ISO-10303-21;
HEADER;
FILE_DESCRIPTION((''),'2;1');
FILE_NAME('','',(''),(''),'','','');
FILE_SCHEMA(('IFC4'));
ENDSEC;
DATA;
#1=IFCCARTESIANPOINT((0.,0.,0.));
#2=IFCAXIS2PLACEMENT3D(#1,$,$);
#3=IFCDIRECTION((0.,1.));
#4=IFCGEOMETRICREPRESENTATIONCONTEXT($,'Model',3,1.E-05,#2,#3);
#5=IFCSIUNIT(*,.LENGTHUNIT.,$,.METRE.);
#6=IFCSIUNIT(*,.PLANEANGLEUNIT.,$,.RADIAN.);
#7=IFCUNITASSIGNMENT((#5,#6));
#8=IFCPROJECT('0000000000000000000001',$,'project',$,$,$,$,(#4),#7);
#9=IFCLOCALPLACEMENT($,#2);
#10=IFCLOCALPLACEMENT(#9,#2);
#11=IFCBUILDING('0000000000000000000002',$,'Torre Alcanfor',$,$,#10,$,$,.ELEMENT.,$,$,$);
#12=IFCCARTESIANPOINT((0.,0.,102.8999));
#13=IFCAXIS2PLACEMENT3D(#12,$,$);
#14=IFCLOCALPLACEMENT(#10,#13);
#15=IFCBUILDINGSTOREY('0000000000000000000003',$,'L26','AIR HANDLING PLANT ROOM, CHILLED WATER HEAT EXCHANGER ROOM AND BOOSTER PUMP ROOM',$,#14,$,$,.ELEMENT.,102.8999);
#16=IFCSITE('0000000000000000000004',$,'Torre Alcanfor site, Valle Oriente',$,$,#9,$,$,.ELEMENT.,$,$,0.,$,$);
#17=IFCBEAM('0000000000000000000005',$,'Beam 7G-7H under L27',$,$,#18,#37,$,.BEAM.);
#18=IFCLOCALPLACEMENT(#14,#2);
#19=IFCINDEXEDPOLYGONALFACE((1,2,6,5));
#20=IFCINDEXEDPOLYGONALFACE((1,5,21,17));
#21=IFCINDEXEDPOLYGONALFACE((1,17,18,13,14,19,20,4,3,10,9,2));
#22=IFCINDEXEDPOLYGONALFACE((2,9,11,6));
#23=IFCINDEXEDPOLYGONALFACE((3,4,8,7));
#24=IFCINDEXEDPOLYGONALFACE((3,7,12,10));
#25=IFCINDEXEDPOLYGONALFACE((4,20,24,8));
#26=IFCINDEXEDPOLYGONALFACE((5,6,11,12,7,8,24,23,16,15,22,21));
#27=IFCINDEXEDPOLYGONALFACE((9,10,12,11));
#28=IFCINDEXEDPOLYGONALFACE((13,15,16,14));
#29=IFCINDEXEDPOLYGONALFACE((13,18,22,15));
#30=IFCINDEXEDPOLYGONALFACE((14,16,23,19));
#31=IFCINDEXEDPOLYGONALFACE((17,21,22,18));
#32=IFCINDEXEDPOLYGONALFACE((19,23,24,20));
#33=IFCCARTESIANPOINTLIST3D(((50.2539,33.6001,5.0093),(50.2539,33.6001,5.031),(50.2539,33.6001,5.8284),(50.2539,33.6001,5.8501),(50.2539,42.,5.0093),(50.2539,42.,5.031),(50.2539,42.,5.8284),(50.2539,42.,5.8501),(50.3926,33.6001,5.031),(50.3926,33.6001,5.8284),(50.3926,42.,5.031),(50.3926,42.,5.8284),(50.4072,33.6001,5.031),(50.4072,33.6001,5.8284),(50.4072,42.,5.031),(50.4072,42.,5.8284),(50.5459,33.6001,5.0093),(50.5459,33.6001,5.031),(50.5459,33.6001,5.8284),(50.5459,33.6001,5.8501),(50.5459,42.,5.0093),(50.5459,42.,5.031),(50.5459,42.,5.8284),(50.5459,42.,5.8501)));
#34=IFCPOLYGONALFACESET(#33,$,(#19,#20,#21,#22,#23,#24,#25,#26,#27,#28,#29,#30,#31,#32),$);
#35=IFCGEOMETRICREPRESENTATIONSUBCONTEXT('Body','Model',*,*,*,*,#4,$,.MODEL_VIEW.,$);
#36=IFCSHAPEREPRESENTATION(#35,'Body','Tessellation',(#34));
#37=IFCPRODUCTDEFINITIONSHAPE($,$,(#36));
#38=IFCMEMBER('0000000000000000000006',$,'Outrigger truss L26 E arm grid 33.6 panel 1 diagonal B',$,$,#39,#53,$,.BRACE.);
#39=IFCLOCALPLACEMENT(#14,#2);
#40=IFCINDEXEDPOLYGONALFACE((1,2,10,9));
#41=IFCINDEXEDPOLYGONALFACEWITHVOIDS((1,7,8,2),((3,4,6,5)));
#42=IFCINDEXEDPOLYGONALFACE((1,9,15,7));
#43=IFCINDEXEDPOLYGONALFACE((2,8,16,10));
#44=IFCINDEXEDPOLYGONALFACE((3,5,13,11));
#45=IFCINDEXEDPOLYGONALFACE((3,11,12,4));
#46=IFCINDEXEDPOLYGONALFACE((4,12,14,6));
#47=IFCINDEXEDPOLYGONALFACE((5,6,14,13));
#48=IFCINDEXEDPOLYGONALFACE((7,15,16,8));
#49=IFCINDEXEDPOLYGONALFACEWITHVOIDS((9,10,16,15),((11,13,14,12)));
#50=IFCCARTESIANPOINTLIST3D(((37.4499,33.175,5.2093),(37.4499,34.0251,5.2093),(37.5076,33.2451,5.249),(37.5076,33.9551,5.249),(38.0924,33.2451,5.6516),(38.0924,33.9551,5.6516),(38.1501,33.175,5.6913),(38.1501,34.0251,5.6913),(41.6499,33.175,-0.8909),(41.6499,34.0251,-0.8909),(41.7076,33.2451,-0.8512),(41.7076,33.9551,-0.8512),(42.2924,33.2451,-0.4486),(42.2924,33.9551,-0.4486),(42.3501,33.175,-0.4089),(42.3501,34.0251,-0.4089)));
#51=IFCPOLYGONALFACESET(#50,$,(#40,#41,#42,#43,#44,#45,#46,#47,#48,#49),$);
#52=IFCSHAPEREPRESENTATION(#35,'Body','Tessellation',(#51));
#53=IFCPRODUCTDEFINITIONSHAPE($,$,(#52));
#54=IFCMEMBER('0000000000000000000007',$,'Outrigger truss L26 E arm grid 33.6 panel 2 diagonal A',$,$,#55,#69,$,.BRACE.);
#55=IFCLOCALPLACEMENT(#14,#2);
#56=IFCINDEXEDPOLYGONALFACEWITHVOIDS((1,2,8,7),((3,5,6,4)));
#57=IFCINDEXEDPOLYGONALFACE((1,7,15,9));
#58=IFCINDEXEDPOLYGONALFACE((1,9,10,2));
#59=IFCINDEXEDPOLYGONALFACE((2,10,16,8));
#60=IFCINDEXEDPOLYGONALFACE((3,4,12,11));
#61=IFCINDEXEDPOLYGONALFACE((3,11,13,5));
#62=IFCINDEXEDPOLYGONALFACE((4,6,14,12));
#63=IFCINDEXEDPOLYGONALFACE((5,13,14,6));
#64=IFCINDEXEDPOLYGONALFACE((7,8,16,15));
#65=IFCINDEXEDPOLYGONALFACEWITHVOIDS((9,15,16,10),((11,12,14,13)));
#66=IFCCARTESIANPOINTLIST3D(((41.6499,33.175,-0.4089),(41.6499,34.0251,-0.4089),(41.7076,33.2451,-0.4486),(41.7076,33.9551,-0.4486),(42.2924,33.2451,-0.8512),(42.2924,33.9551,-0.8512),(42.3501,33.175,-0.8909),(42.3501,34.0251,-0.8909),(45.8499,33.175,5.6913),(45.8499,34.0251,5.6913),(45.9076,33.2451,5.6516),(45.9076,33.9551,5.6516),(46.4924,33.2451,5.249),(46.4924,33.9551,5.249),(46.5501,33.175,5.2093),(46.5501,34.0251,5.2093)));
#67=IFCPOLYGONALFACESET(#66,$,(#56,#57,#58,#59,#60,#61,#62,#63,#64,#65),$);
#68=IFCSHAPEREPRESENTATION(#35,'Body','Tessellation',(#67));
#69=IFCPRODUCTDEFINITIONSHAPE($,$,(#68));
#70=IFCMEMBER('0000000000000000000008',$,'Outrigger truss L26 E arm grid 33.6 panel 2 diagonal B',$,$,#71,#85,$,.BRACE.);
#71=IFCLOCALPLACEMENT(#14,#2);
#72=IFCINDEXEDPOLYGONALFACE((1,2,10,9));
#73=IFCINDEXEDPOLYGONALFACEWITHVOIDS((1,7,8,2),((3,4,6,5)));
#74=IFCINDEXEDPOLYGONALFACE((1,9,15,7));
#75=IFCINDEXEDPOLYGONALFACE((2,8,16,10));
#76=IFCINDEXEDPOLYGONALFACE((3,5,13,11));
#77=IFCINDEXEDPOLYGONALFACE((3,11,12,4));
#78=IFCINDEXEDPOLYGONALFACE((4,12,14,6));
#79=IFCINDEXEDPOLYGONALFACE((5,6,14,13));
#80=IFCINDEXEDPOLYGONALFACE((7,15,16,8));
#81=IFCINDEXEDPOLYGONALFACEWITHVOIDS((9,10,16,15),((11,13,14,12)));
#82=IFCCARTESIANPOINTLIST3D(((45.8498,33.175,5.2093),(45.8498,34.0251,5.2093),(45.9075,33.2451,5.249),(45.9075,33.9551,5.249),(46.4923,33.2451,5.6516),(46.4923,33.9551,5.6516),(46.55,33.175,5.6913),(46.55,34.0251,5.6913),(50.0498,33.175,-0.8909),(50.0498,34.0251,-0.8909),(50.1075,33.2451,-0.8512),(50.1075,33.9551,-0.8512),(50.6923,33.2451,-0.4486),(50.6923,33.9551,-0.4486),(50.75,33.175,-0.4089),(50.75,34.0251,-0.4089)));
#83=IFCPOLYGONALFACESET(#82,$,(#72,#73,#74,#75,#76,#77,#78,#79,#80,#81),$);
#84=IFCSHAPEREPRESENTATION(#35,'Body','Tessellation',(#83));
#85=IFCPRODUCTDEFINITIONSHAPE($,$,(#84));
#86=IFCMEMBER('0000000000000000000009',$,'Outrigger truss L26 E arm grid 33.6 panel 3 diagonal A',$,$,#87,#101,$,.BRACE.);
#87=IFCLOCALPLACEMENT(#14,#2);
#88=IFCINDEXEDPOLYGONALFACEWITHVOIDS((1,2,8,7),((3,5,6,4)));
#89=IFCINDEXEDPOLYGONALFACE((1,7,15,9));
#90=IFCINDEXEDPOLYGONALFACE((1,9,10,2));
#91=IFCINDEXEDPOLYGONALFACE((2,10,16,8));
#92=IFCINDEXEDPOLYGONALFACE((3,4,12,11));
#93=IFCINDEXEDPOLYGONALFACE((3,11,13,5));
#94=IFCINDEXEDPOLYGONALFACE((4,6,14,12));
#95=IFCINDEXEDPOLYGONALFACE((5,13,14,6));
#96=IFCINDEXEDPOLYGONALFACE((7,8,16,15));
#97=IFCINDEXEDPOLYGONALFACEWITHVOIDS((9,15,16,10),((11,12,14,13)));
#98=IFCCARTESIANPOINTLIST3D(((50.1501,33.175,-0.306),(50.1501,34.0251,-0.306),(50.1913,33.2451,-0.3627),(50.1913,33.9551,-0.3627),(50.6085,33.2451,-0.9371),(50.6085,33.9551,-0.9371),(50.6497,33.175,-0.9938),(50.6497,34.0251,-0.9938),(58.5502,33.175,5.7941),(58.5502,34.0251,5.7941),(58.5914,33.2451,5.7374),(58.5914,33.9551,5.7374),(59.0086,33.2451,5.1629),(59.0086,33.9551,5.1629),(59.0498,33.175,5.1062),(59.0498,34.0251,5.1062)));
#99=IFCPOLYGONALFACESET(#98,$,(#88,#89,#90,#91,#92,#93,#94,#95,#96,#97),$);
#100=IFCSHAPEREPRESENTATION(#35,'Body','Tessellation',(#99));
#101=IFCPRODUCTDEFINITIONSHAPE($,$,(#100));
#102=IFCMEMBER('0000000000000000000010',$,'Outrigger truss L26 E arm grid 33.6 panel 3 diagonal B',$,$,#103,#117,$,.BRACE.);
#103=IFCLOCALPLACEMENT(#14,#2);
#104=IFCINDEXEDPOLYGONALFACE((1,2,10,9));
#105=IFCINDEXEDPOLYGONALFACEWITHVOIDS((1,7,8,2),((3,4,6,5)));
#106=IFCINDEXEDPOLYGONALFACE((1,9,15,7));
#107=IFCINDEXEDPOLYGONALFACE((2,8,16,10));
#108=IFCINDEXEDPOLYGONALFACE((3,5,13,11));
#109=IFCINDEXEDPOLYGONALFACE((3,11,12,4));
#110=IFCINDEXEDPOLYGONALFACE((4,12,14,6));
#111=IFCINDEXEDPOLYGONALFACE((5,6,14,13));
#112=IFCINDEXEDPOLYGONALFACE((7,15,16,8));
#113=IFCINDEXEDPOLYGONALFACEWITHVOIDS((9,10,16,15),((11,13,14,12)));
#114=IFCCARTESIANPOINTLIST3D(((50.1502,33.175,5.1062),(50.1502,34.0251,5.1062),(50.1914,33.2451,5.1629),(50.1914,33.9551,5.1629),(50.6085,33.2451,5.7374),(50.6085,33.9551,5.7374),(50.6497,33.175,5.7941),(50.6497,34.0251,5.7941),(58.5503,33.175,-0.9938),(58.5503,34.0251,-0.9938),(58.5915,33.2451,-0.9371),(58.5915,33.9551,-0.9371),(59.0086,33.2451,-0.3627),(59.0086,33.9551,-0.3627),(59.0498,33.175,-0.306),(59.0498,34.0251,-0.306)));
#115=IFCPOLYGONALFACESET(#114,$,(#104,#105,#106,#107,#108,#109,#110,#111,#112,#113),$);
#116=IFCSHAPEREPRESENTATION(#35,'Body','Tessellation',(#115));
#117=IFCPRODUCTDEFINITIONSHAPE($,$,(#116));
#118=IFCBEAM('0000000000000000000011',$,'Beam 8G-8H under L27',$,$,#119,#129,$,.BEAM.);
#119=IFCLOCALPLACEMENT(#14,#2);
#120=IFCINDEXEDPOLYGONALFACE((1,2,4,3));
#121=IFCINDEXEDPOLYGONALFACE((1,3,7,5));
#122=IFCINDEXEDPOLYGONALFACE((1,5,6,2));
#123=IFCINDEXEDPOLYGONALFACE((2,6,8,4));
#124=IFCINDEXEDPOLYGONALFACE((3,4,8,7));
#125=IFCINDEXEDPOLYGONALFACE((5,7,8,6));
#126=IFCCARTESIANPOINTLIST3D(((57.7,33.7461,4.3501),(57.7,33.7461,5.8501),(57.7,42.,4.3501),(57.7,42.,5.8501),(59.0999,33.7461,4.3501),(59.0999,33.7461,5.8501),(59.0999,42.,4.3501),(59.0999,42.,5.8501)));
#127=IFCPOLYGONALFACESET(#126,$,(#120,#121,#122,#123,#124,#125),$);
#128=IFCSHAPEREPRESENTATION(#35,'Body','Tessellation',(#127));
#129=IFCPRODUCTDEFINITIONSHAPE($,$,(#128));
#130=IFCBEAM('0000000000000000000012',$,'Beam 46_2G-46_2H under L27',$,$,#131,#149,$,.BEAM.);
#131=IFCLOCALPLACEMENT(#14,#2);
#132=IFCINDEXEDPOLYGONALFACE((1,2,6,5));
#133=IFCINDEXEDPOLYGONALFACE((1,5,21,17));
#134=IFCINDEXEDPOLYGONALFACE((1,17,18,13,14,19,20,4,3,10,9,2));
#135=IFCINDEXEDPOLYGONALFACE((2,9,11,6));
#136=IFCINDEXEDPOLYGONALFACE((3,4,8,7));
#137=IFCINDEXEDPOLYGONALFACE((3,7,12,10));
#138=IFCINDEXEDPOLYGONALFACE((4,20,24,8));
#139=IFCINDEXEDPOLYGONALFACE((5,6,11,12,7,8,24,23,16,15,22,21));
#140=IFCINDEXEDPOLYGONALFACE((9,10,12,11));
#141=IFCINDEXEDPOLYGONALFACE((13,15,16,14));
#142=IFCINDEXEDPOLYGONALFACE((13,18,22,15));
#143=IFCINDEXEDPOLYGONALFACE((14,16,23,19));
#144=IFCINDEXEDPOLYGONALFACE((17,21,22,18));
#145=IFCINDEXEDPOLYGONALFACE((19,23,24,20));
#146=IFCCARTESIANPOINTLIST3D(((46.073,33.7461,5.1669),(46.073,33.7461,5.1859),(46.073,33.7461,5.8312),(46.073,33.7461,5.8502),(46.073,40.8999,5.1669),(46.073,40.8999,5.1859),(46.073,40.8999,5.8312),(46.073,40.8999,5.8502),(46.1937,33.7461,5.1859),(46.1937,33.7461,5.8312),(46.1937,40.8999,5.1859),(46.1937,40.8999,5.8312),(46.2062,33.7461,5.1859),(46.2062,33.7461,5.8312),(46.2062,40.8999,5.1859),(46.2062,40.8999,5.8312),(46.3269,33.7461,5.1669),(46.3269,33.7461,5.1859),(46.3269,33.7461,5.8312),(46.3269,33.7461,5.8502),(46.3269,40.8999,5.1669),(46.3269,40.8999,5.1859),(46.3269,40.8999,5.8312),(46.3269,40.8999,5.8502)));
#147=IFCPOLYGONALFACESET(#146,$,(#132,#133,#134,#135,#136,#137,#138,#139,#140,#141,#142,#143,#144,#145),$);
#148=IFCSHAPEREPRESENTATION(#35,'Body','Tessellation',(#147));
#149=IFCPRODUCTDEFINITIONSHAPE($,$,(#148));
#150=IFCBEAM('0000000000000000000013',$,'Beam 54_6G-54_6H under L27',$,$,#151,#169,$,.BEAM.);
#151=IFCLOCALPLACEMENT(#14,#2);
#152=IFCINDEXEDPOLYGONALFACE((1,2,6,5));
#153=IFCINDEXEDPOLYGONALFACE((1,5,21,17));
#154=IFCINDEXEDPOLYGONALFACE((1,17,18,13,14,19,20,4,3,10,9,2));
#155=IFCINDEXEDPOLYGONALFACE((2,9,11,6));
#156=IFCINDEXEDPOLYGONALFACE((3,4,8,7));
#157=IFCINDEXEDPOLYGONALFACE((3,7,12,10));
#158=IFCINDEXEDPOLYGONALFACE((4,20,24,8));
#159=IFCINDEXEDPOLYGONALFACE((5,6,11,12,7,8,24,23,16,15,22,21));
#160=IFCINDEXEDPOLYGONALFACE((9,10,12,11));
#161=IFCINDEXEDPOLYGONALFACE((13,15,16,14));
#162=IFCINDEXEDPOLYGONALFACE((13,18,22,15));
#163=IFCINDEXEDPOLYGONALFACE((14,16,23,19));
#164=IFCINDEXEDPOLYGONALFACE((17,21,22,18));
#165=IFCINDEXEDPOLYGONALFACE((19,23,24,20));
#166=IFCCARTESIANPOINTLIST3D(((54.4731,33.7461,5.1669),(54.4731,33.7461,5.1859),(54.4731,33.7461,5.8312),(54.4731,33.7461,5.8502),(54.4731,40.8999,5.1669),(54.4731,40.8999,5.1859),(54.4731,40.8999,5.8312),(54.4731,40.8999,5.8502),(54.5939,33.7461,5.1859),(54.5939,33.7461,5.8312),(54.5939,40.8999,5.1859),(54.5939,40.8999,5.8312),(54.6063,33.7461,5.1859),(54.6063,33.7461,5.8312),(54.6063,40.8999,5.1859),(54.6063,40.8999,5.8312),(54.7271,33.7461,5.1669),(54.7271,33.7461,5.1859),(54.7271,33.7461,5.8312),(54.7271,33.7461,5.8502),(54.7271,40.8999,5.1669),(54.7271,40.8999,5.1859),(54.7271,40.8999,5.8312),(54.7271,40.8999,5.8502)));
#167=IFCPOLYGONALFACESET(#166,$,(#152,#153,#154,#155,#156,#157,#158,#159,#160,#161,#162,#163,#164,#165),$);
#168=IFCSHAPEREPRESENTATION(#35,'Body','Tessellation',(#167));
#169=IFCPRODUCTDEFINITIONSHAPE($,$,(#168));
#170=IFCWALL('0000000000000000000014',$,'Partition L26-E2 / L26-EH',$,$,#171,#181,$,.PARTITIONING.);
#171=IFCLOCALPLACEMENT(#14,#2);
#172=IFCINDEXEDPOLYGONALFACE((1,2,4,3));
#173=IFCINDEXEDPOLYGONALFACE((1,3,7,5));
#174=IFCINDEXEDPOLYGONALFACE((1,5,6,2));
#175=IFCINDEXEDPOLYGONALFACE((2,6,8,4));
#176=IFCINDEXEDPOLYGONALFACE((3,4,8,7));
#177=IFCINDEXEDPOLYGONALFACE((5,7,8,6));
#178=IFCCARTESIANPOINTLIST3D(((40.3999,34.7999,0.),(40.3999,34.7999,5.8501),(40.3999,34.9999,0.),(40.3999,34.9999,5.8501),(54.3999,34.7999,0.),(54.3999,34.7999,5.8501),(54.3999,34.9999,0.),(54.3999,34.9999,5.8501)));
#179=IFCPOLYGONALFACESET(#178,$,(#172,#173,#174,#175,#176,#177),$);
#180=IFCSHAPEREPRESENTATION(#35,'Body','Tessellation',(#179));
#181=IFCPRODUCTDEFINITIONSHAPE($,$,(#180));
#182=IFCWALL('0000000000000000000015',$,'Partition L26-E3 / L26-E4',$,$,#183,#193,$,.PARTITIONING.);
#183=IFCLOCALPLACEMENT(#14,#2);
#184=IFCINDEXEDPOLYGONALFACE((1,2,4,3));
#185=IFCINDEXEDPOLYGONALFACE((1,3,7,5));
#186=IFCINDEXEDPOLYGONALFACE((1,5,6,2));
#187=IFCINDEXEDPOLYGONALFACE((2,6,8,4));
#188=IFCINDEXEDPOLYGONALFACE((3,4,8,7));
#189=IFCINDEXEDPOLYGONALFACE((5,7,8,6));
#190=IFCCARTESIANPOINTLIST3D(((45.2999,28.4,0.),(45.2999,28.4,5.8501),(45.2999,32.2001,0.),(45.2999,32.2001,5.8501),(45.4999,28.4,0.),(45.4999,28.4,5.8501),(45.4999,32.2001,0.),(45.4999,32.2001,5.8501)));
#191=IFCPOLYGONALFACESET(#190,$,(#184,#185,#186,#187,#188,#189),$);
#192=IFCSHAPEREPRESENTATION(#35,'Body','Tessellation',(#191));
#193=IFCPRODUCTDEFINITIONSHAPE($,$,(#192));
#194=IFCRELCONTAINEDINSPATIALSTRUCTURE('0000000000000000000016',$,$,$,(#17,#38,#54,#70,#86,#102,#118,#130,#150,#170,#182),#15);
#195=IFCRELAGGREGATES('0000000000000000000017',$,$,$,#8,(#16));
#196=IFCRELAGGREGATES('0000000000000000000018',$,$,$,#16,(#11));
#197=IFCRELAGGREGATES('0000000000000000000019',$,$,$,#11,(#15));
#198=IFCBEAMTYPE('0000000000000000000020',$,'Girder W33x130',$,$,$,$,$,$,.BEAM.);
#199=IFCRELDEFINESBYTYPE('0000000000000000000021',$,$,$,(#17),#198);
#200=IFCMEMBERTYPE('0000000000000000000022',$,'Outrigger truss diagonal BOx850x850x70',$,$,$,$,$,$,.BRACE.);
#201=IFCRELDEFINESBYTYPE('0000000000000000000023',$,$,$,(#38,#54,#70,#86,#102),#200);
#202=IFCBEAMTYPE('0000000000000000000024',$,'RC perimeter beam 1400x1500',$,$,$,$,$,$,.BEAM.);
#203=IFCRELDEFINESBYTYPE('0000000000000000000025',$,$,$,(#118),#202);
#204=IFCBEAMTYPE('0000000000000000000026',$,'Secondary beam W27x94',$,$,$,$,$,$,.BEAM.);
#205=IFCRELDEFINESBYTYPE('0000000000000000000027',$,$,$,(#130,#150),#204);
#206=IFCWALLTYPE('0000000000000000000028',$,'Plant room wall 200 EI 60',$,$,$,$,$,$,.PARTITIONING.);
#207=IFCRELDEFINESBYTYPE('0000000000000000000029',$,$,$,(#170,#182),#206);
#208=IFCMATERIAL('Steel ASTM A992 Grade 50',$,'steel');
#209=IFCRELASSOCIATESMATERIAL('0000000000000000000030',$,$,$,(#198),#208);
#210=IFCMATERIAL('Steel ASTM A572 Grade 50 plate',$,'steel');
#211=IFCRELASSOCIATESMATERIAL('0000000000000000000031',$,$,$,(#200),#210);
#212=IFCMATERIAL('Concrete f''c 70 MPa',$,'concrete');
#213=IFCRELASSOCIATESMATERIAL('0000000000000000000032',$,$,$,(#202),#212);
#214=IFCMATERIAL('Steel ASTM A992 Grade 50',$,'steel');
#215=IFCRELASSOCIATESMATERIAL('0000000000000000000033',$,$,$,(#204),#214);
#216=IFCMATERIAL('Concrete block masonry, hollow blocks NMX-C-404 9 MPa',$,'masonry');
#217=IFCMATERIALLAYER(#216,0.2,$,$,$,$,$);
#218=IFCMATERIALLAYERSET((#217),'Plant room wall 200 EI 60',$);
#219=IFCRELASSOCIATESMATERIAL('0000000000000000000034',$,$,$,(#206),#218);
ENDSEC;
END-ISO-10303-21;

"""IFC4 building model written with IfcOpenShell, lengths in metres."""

from ifc_helpers import new_model, si_unit, direction, frame, frame_2d, origin, origin_2d, place, context, subcontext, project, spatial, rectangle, hollow_rectangle, i_section, extrude, material, layer, layer_set, material_profile, profile_set, type_object, element, save


model = new_model("IFC4")

# Units and contexts
model_context = context("Model", 3, precision=1e-05, world=origin(), true_north=direction((0.0, 1.0)))
body_context = subcontext(model_context, "Body", "Model", "MODEL_VIEW")
ifc_project = project(units=[si_unit("LENGTHUNIT", "METRE"), si_unit("PLANEANGLEUNIT", "RADIAN")], contexts=[model_context])

# Site, building, storey
site_placement = place(None, origin())
site = spatial("IfcSite", under=ifc_project, at=site_placement, Name="Torre Alcanfor site, Valle Oriente", CompositionType="ELEMENT", RefElevation=0.0)
building_placement = place(site_placement, origin())
building = spatial("IfcBuilding", under=site, at=building_placement, Name="Torre Alcanfor", CompositionType="ELEMENT")
storey_placement = place(building_placement, frame((0.0, 0.0, 102.8999)))
storey = spatial("IfcBuildingStorey", under=building, at=storey_placement, Name="L26", Description="AIR HANDLING PLANT ROOM, CHILLED WATER HEAT EXCHANGER ROOM AND BOOSTER PUMP ROOM", CompositionType="ELEMENT", Elevation=102.8999)

# Beam
ifc_material_1 = material(Name="Steel ASTM A992 Grade 50", Category="steel")
ifc_material_profile_1 = material_profile(ifc_material_1, i_section(OverallWidth=0.292, OverallDepth=0.8408, WebThickness=0.0146, FlangeThickness=0.0217, at=origin_2d()), Name="W33x130")
ifc_profile_set_1 = profile_set([ifc_material_profile_1], Name="Steel ASTM A992 Grade 50")
beam_type_1 = type_object("IfcBeamType", Name="Girder W33x130", PredefinedType="BEAM", material=ifc_profile_set_1)
beam_1_placement = place(storey_placement, frame((50.3999, 33.6001, 5.4297), z_axis=(0.0, 1.0, 0.0), x_axis=(-1.0, 0.0, 0.0)))
element("IfcBeam", 1, at=beam_1_placement, inside=storey, type_object=beam_type_1, Name="Beam 7G-7H under L27", PredefinedType="BEAM", context=body_context, shape_type="SweptSolid", body=[
    extrude(i_section(OverallWidth=0.292, OverallDepth=0.8408, WebThickness=0.0146, FlangeThickness=0.0217, at=origin_2d()), origin(), (0.0, 0.0, 1.0), 8.3999),
])

# Members
ifc_material_2 = material(Name="Steel ASTM A572 Grade 50 plate", Category="steel")
ifc_material_profile_2 = material_profile(ifc_material_2, hollow_rectangle(XDim=0.8501, YDim=0.8501, WallThickness=0.0701, at=origin_2d()), Name="BOX 850x850x70")
ifc_profile_set_2 = profile_set([ifc_material_profile_2], Name="Steel ASTM A572 Grade 50 plate")
member_type_1 = type_object("IfcMemberType", Name="Outrigger truss diagonal BOx850x850x70", PredefinedType="BRACE", material=ifc_profile_set_2)
for number, where, z_axis, x_axis, name in (
    (2, (42.0, 33.6001, -0.6499), (-0.567091, 0.0, 0.823655), (0.0, -1.0, 0.0), "Outrigger truss L26 E arm grid 33.6 panel 1 diagonal B"),
    (3, (42.0, 33.6001, -0.6499), (0.567091, 0.0, 0.823655), (0.0, 1.0, 0.0), "Outrigger truss L26 E arm grid 33.6 panel 2 diagonal A"),
    (4, (50.3999, 33.6001, -0.6499), (-0.567091, 0.0, 0.823655), (0.0, -1.0, 0.0), "Outrigger truss L26 E arm grid 33.6 panel 2 diagonal B"),
):
    element("IfcMember", number, at=place(storey_placement, frame(where, z_axis=z_axis, x_axis=x_axis)), inside=storey, type_object=member_type_1, Name=name, PredefinedType="BRACE", context=body_context, shape_type="SweptSolid", body=[
        extrude(hollow_rectangle(XDim=0.8501, YDim=0.8501, WallThickness=0.0701, at=origin_2d()), origin(), (0.0, 0.0, 1.0), 7.4062),
    ])
for number, where, z_axis, x_axis, name in (
    (5, (50.3999, 33.6001, -0.6499), (0.809153, 0.0, 0.587598), (0.0, 1.0, 0.0), "Outrigger truss L26 E arm grid 33.6 panel 3 diagonal A"),
    (6, (58.8, 33.6001, -0.6499), (-0.809153, 0.0, 0.587598), (0.0, -1.0, 0.0), "Outrigger truss L26 E arm grid 33.6 panel 3 diagonal B"),
):
    element("IfcMember", number, at=place(storey_placement, frame(where, z_axis=z_axis, x_axis=x_axis)), inside=storey, type_object=member_type_1, Name=name, PredefinedType="BRACE", context=body_context, shape_type="SweptSolid", body=[
        extrude(hollow_rectangle(XDim=0.8501, YDim=0.8501, WallThickness=0.0701, at=origin_2d()), origin(), (0.0, 0.0, 1.0), 10.3813),
    ])

# Beams
ifc_material_3 = material(Name="Concrete f'c 70 MPa", Category="concrete")
ifc_material_profile_3 = material_profile(ifc_material_3, rectangle(XDim=1.3999, YDim=1.5, at=origin_2d()), Name="1400x1500")
ifc_profile_set_3 = profile_set([ifc_material_profile_3], Name="Concrete f'c 70 MPa")
beam_type_2 = type_object("IfcBeamType", Name="RC perimeter beam 1400x1500", PredefinedType="BEAM", material=ifc_profile_set_3)
beam_2_placement = place(storey_placement, frame((58.3999, 33.7461, 5.1001), z_axis=(0.0, 1.0, 0.0), x_axis=(-1.0, 0.0, 0.0)))
element("IfcBeam", 7, at=beam_2_placement, inside=storey, type_object=beam_type_2, Name="Beam 8G-8H under L27", PredefinedType="BEAM", context=body_context, shape_type="SweptSolid", body=[
    extrude(rectangle(XDim=1.3999, YDim=1.5, at=origin_2d()), origin(), (0.0, 0.0, 1.0), 8.2539),
])
ifc_material_4 = material(Name="Steel ASTM A992 Grade 50", Category="steel")
ifc_material_profile_4 = material_profile(ifc_material_4, i_section(OverallWidth=0.2539, OverallDepth=0.6833, WebThickness=0.0125, FlangeThickness=0.019, at=origin_2d()), Name="W27x94")
ifc_profile_set_4 = profile_set([ifc_material_profile_4], Name="Steel ASTM A992 Grade 50")
beam_type_3 = type_object("IfcBeamType", Name="Secondary beam W27x94", PredefinedType="BEAM", material=ifc_profile_set_4)
for number, where, z_axis, x_axis, name in (
    (8, (46.2, 33.7461, 5.5085), (0.0, 1.0, 0.0), (-1.0, 0.0, 0.0), "Beam 46_2G-46_2H under L27"),
    (9, (54.6001, 33.7461, 5.5085), (0.0, 1.0, 0.0), (-1.0, 0.0, 0.0), "Beam 54_6G-54_6H under L27"),
):
    element("IfcBeam", number, at=place(storey_placement, frame(where, z_axis=z_axis, x_axis=x_axis)), inside=storey, type_object=beam_type_3, Name=name, PredefinedType="BEAM", context=body_context, shape_type="SweptSolid", body=[
        extrude(i_section(OverallWidth=0.2539, OverallDepth=0.6833, WebThickness=0.0125, FlangeThickness=0.019, at=origin_2d()), origin(), (0.0, 0.0, 1.0), 7.1538),
    ])

# Walls
ifc_material_5 = material(Name="Concrete block masonry, hollow blocks NMX-C-404 9 MPa", Category="masonry")
ifc_layer_1 = layer(ifc_material_5, 0.2)
ifc_layer_set_1 = layer_set([ifc_layer_1], Name="Plant room wall 200 EI 60")
wall_type = type_object("IfcWallType", Name="Plant room wall 200 EI 60", PredefinedType="PARTITIONING", material=ifc_layer_set_1)
wall_1_placement = place(storey_placement, frame((54.3999, 34.8999, 0.0), z_axis=(0.0, 0.0, 1.0), x_axis=(-1.0, 0.0, 0.0)))
element("IfcWall", 10, at=wall_1_placement, inside=storey, type_object=wall_type, Name="Partition L26-E2 / L26-EH", PredefinedType="PARTITIONING", context=body_context, shape_type="SweptSolid", body=[
    extrude(rectangle(XDim=14.0, YDim=0.2, at=frame_2d((7.0, 0.0))), origin(), (0.0, 0.0, 1.0), 5.8501),
])
wall_2_placement = place(storey_placement, frame((45.3999, 32.2, 0.0), z_axis=(0.0, 0.0, 1.0), x_axis=(0.0, -1.0, 0.0)))
element("IfcWall", 11, at=wall_2_placement, inside=storey, type_object=wall_type, Name="Partition L26-E3 / L26-E4", PredefinedType="PARTITIONING", context=body_context, shape_type="SweptSolid", body=[
    extrude(rectangle(XDim=3.8, YDim=0.2, at=frame_2d((1.8999, 0.0))), origin(), (0.0, 0.0, 1.0), 5.8501),
])

save(model, "model.ifc")
